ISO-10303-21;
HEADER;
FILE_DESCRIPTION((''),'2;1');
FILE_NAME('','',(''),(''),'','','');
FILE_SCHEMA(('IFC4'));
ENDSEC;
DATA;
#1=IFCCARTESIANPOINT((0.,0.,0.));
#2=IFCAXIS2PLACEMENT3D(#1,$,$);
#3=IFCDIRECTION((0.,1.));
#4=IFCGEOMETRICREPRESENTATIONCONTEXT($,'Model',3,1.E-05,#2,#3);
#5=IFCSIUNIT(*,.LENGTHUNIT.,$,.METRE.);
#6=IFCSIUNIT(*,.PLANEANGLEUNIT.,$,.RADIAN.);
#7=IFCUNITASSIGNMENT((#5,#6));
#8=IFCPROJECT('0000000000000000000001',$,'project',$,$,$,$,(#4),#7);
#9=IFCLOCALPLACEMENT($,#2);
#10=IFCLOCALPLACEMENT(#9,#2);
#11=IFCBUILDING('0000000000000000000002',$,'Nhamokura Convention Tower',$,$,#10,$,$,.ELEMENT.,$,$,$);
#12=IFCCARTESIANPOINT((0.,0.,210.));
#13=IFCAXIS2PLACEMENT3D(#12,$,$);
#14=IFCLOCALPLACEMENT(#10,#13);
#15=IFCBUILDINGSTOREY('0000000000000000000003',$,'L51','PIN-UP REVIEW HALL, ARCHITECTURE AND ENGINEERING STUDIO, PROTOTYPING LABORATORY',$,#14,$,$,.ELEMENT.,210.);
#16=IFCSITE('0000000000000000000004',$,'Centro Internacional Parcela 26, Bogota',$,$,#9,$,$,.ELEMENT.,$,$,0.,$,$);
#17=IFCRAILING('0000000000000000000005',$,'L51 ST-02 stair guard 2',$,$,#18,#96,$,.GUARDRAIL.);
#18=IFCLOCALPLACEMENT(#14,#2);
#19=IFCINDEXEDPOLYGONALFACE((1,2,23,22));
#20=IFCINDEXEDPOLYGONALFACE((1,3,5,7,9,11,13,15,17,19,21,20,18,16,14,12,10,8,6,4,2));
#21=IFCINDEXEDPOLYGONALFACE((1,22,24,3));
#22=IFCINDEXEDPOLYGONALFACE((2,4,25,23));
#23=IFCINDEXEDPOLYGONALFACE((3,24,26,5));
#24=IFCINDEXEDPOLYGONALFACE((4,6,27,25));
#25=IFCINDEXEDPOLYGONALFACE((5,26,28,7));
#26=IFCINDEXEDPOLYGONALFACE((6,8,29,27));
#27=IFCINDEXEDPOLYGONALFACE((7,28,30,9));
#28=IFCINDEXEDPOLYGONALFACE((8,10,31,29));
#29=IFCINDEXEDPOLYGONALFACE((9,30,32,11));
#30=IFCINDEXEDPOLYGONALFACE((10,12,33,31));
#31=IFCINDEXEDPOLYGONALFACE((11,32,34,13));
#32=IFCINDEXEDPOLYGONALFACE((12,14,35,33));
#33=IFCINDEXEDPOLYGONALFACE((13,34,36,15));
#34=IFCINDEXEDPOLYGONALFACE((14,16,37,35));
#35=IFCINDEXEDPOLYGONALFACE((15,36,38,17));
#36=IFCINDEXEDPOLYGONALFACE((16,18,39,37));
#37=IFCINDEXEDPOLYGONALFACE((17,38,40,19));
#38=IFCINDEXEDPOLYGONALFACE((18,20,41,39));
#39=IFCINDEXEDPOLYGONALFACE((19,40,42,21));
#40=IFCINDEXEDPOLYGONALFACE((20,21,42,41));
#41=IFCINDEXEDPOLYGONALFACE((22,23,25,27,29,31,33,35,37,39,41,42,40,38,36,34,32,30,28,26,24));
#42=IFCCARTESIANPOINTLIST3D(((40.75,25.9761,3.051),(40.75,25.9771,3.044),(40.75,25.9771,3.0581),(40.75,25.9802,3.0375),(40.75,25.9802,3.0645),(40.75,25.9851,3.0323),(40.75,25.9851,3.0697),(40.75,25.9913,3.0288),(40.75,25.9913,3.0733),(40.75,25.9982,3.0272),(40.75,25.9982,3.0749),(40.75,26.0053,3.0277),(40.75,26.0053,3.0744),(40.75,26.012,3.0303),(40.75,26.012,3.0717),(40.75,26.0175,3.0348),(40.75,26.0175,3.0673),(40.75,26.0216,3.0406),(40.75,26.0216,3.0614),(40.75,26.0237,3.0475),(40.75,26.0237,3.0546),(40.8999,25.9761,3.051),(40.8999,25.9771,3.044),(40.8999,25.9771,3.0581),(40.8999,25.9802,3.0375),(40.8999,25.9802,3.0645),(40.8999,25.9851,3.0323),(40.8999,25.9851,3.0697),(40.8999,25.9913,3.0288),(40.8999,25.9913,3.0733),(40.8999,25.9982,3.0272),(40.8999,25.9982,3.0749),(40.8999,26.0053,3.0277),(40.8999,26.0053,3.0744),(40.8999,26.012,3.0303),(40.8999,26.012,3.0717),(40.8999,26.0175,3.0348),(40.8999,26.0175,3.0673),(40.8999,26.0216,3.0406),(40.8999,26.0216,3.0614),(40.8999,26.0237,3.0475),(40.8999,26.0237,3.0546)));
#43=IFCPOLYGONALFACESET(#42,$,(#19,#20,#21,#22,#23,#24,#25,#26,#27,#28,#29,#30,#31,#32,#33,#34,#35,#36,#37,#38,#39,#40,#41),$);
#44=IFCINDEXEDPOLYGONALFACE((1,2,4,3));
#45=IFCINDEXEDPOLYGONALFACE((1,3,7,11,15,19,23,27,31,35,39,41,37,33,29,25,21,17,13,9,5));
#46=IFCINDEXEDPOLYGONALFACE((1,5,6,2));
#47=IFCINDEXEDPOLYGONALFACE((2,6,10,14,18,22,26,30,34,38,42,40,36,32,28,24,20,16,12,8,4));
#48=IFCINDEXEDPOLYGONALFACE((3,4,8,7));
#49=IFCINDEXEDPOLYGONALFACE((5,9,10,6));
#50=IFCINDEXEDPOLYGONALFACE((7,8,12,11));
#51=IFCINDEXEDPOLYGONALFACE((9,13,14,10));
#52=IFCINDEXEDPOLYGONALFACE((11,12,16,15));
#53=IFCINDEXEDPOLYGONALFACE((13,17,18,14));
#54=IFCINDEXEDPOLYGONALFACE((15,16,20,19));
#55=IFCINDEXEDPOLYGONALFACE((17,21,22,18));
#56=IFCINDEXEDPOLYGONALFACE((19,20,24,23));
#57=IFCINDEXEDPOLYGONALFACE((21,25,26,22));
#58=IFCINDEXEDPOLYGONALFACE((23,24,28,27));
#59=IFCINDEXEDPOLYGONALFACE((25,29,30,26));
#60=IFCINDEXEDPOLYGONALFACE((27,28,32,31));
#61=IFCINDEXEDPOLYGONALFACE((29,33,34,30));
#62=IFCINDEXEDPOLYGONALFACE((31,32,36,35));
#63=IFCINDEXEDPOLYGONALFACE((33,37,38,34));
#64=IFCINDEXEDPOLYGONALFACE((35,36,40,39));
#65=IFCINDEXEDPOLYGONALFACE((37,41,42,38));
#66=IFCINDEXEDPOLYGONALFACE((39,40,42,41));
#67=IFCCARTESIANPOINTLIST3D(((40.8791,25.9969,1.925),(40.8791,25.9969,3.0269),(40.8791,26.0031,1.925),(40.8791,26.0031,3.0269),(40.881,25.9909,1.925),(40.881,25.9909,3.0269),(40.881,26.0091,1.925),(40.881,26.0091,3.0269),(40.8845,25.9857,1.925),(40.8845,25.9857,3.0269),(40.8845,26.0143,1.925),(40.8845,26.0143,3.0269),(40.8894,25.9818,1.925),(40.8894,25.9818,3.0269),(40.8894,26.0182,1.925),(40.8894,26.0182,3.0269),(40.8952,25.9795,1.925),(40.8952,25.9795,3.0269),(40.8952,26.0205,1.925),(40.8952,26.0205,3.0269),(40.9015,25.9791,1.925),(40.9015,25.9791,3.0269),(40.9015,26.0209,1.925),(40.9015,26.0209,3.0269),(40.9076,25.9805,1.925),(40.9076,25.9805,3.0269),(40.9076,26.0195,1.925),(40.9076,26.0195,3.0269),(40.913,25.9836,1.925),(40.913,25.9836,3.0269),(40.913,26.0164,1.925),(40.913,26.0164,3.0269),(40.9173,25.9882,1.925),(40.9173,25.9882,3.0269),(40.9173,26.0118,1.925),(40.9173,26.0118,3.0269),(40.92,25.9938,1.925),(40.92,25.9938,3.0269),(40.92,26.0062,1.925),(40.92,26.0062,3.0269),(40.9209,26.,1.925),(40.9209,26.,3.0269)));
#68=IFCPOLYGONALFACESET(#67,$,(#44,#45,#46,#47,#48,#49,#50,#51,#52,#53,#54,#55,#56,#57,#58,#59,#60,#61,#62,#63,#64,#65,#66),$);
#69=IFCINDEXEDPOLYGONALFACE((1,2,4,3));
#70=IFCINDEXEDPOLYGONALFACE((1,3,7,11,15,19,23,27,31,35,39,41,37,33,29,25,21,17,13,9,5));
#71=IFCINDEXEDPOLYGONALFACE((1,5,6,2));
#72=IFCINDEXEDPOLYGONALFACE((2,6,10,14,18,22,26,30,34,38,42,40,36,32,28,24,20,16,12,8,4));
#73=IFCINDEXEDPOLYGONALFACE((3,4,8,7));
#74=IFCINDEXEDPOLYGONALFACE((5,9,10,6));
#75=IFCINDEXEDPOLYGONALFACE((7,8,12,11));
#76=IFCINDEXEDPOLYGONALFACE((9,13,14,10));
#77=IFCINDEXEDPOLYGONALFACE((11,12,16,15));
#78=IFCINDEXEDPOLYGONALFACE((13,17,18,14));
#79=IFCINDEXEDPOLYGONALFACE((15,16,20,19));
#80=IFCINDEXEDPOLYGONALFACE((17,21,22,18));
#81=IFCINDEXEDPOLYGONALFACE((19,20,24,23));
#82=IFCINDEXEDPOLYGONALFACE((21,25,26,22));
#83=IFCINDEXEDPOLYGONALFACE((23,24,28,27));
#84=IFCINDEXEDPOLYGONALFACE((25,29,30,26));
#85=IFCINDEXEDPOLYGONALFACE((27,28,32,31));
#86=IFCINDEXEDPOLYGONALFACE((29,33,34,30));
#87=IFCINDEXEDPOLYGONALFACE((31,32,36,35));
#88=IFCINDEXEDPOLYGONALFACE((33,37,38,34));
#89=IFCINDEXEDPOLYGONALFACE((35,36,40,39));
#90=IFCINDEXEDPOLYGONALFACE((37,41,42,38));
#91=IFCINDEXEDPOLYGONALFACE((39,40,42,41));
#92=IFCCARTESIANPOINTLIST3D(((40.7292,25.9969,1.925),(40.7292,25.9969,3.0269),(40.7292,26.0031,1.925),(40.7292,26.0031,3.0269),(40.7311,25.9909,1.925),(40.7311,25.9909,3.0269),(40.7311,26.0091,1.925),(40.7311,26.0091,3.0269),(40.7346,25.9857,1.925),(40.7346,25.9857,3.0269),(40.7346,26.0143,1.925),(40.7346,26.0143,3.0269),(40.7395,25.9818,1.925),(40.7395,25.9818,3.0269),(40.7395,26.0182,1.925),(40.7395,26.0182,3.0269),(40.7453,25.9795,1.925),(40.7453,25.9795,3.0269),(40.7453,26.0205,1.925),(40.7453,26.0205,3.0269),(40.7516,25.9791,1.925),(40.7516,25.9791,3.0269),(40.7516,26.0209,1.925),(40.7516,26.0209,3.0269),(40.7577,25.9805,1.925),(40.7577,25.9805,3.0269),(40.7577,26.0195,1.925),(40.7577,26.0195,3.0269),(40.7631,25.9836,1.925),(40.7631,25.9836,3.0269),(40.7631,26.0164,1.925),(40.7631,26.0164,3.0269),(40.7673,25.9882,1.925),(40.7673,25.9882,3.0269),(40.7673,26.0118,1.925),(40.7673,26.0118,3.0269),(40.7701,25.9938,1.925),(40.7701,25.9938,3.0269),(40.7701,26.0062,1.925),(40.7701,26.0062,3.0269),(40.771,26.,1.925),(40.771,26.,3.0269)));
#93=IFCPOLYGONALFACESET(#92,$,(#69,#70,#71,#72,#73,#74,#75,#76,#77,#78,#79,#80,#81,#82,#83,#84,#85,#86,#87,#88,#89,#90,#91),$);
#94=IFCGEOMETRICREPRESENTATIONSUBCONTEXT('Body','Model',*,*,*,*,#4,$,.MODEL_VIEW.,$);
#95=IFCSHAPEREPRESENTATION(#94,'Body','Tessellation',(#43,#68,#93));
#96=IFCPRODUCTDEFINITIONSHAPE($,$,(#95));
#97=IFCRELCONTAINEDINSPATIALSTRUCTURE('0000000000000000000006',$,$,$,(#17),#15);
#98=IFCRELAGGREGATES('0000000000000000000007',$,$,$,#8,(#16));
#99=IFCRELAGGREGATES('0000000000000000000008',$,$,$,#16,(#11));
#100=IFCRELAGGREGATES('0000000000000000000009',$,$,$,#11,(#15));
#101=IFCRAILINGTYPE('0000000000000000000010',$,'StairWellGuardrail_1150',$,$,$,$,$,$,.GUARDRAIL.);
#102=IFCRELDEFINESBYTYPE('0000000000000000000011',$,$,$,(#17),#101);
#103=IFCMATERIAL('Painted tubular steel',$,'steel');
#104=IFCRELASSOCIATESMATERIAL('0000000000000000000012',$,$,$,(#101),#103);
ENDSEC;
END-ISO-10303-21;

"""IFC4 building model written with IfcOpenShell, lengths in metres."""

from ifc_helpers import new_model, si_unit, direction, frame, origin, origin_2d, place, context, subcontext, project, spatial, circle, extrude, material, type_object, element, save


model = new_model("IFC4")

# Units and contexts
model_context = context("Model", 3, precision=1e-05, world=origin(), true_north=direction((0.0, 1.0)))
body_context = subcontext(model_context, "Body", "Model", "MODEL_VIEW")
ifc_project = project(units=[si_unit("LENGTHUNIT", "METRE"), si_unit("PLANEANGLEUNIT", "RADIAN")], contexts=[model_context])

# Site, building, storey
site_placement = place(None, origin())
site = spatial("IfcSite", under=ifc_project, at=site_placement, Name="Centro Internacional Parcela 26, Bogota", CompositionType="ELEMENT", RefElevation=0.0)
building_placement = place(site_placement, origin())
building = spatial("IfcBuilding", under=site, at=building_placement, Name="Nhamokura Convention Tower", CompositionType="ELEMENT")
storey_placement = place(building_placement, frame((0.0, 0.0, 210.0)))
storey = spatial("IfcBuildingStorey", under=building, at=storey_placement, Name="L51", Description="PIN-UP REVIEW HALL, ARCHITECTURE AND ENGINEERING STUDIO, PROTOTYPING LABORATORY", CompositionType="ELEMENT", Elevation=210.0)

# Railing
ifc_material_1 = material(Name="Painted tubular steel", Category="steel")
railing_type_1 = type_object("IfcRailingType", Name="StairWellGuardrail_1150", PredefinedType="GUARDRAIL", material=ifc_material_1)
railing_1_placement = place(storey_placement, frame((40.8999, 26.0, 1.925)))
element("IfcRailing", 1, at=railing_1_placement, inside=storey, type_object=railing_type_1, Name="L51 ST-02 stair guard 2", PredefinedType="GUARDRAIL", context=body_context, shape_type="SweptSolid", body=[
    extrude(circle(Radius=0.0239, at=origin_2d()), frame((0.0, 0.0, 1.126), z_axis=(-1.0, 0.0, 0.0), x_axis=(0.0, -1.0, 0.0)), (0.0, 0.0, 1.0), 0.1499),
    extrude(circle(Radius=0.021, at=origin_2d()), origin(), (0.0, 0.0, 1.0), 1.1018),
    extrude(circle(Radius=0.021, at=origin_2d()), frame((-0.1499, 0.0, 0.0)), (0.0, 0.0, 1.0), 1.1018),
])

save(model, "model.ifc")
